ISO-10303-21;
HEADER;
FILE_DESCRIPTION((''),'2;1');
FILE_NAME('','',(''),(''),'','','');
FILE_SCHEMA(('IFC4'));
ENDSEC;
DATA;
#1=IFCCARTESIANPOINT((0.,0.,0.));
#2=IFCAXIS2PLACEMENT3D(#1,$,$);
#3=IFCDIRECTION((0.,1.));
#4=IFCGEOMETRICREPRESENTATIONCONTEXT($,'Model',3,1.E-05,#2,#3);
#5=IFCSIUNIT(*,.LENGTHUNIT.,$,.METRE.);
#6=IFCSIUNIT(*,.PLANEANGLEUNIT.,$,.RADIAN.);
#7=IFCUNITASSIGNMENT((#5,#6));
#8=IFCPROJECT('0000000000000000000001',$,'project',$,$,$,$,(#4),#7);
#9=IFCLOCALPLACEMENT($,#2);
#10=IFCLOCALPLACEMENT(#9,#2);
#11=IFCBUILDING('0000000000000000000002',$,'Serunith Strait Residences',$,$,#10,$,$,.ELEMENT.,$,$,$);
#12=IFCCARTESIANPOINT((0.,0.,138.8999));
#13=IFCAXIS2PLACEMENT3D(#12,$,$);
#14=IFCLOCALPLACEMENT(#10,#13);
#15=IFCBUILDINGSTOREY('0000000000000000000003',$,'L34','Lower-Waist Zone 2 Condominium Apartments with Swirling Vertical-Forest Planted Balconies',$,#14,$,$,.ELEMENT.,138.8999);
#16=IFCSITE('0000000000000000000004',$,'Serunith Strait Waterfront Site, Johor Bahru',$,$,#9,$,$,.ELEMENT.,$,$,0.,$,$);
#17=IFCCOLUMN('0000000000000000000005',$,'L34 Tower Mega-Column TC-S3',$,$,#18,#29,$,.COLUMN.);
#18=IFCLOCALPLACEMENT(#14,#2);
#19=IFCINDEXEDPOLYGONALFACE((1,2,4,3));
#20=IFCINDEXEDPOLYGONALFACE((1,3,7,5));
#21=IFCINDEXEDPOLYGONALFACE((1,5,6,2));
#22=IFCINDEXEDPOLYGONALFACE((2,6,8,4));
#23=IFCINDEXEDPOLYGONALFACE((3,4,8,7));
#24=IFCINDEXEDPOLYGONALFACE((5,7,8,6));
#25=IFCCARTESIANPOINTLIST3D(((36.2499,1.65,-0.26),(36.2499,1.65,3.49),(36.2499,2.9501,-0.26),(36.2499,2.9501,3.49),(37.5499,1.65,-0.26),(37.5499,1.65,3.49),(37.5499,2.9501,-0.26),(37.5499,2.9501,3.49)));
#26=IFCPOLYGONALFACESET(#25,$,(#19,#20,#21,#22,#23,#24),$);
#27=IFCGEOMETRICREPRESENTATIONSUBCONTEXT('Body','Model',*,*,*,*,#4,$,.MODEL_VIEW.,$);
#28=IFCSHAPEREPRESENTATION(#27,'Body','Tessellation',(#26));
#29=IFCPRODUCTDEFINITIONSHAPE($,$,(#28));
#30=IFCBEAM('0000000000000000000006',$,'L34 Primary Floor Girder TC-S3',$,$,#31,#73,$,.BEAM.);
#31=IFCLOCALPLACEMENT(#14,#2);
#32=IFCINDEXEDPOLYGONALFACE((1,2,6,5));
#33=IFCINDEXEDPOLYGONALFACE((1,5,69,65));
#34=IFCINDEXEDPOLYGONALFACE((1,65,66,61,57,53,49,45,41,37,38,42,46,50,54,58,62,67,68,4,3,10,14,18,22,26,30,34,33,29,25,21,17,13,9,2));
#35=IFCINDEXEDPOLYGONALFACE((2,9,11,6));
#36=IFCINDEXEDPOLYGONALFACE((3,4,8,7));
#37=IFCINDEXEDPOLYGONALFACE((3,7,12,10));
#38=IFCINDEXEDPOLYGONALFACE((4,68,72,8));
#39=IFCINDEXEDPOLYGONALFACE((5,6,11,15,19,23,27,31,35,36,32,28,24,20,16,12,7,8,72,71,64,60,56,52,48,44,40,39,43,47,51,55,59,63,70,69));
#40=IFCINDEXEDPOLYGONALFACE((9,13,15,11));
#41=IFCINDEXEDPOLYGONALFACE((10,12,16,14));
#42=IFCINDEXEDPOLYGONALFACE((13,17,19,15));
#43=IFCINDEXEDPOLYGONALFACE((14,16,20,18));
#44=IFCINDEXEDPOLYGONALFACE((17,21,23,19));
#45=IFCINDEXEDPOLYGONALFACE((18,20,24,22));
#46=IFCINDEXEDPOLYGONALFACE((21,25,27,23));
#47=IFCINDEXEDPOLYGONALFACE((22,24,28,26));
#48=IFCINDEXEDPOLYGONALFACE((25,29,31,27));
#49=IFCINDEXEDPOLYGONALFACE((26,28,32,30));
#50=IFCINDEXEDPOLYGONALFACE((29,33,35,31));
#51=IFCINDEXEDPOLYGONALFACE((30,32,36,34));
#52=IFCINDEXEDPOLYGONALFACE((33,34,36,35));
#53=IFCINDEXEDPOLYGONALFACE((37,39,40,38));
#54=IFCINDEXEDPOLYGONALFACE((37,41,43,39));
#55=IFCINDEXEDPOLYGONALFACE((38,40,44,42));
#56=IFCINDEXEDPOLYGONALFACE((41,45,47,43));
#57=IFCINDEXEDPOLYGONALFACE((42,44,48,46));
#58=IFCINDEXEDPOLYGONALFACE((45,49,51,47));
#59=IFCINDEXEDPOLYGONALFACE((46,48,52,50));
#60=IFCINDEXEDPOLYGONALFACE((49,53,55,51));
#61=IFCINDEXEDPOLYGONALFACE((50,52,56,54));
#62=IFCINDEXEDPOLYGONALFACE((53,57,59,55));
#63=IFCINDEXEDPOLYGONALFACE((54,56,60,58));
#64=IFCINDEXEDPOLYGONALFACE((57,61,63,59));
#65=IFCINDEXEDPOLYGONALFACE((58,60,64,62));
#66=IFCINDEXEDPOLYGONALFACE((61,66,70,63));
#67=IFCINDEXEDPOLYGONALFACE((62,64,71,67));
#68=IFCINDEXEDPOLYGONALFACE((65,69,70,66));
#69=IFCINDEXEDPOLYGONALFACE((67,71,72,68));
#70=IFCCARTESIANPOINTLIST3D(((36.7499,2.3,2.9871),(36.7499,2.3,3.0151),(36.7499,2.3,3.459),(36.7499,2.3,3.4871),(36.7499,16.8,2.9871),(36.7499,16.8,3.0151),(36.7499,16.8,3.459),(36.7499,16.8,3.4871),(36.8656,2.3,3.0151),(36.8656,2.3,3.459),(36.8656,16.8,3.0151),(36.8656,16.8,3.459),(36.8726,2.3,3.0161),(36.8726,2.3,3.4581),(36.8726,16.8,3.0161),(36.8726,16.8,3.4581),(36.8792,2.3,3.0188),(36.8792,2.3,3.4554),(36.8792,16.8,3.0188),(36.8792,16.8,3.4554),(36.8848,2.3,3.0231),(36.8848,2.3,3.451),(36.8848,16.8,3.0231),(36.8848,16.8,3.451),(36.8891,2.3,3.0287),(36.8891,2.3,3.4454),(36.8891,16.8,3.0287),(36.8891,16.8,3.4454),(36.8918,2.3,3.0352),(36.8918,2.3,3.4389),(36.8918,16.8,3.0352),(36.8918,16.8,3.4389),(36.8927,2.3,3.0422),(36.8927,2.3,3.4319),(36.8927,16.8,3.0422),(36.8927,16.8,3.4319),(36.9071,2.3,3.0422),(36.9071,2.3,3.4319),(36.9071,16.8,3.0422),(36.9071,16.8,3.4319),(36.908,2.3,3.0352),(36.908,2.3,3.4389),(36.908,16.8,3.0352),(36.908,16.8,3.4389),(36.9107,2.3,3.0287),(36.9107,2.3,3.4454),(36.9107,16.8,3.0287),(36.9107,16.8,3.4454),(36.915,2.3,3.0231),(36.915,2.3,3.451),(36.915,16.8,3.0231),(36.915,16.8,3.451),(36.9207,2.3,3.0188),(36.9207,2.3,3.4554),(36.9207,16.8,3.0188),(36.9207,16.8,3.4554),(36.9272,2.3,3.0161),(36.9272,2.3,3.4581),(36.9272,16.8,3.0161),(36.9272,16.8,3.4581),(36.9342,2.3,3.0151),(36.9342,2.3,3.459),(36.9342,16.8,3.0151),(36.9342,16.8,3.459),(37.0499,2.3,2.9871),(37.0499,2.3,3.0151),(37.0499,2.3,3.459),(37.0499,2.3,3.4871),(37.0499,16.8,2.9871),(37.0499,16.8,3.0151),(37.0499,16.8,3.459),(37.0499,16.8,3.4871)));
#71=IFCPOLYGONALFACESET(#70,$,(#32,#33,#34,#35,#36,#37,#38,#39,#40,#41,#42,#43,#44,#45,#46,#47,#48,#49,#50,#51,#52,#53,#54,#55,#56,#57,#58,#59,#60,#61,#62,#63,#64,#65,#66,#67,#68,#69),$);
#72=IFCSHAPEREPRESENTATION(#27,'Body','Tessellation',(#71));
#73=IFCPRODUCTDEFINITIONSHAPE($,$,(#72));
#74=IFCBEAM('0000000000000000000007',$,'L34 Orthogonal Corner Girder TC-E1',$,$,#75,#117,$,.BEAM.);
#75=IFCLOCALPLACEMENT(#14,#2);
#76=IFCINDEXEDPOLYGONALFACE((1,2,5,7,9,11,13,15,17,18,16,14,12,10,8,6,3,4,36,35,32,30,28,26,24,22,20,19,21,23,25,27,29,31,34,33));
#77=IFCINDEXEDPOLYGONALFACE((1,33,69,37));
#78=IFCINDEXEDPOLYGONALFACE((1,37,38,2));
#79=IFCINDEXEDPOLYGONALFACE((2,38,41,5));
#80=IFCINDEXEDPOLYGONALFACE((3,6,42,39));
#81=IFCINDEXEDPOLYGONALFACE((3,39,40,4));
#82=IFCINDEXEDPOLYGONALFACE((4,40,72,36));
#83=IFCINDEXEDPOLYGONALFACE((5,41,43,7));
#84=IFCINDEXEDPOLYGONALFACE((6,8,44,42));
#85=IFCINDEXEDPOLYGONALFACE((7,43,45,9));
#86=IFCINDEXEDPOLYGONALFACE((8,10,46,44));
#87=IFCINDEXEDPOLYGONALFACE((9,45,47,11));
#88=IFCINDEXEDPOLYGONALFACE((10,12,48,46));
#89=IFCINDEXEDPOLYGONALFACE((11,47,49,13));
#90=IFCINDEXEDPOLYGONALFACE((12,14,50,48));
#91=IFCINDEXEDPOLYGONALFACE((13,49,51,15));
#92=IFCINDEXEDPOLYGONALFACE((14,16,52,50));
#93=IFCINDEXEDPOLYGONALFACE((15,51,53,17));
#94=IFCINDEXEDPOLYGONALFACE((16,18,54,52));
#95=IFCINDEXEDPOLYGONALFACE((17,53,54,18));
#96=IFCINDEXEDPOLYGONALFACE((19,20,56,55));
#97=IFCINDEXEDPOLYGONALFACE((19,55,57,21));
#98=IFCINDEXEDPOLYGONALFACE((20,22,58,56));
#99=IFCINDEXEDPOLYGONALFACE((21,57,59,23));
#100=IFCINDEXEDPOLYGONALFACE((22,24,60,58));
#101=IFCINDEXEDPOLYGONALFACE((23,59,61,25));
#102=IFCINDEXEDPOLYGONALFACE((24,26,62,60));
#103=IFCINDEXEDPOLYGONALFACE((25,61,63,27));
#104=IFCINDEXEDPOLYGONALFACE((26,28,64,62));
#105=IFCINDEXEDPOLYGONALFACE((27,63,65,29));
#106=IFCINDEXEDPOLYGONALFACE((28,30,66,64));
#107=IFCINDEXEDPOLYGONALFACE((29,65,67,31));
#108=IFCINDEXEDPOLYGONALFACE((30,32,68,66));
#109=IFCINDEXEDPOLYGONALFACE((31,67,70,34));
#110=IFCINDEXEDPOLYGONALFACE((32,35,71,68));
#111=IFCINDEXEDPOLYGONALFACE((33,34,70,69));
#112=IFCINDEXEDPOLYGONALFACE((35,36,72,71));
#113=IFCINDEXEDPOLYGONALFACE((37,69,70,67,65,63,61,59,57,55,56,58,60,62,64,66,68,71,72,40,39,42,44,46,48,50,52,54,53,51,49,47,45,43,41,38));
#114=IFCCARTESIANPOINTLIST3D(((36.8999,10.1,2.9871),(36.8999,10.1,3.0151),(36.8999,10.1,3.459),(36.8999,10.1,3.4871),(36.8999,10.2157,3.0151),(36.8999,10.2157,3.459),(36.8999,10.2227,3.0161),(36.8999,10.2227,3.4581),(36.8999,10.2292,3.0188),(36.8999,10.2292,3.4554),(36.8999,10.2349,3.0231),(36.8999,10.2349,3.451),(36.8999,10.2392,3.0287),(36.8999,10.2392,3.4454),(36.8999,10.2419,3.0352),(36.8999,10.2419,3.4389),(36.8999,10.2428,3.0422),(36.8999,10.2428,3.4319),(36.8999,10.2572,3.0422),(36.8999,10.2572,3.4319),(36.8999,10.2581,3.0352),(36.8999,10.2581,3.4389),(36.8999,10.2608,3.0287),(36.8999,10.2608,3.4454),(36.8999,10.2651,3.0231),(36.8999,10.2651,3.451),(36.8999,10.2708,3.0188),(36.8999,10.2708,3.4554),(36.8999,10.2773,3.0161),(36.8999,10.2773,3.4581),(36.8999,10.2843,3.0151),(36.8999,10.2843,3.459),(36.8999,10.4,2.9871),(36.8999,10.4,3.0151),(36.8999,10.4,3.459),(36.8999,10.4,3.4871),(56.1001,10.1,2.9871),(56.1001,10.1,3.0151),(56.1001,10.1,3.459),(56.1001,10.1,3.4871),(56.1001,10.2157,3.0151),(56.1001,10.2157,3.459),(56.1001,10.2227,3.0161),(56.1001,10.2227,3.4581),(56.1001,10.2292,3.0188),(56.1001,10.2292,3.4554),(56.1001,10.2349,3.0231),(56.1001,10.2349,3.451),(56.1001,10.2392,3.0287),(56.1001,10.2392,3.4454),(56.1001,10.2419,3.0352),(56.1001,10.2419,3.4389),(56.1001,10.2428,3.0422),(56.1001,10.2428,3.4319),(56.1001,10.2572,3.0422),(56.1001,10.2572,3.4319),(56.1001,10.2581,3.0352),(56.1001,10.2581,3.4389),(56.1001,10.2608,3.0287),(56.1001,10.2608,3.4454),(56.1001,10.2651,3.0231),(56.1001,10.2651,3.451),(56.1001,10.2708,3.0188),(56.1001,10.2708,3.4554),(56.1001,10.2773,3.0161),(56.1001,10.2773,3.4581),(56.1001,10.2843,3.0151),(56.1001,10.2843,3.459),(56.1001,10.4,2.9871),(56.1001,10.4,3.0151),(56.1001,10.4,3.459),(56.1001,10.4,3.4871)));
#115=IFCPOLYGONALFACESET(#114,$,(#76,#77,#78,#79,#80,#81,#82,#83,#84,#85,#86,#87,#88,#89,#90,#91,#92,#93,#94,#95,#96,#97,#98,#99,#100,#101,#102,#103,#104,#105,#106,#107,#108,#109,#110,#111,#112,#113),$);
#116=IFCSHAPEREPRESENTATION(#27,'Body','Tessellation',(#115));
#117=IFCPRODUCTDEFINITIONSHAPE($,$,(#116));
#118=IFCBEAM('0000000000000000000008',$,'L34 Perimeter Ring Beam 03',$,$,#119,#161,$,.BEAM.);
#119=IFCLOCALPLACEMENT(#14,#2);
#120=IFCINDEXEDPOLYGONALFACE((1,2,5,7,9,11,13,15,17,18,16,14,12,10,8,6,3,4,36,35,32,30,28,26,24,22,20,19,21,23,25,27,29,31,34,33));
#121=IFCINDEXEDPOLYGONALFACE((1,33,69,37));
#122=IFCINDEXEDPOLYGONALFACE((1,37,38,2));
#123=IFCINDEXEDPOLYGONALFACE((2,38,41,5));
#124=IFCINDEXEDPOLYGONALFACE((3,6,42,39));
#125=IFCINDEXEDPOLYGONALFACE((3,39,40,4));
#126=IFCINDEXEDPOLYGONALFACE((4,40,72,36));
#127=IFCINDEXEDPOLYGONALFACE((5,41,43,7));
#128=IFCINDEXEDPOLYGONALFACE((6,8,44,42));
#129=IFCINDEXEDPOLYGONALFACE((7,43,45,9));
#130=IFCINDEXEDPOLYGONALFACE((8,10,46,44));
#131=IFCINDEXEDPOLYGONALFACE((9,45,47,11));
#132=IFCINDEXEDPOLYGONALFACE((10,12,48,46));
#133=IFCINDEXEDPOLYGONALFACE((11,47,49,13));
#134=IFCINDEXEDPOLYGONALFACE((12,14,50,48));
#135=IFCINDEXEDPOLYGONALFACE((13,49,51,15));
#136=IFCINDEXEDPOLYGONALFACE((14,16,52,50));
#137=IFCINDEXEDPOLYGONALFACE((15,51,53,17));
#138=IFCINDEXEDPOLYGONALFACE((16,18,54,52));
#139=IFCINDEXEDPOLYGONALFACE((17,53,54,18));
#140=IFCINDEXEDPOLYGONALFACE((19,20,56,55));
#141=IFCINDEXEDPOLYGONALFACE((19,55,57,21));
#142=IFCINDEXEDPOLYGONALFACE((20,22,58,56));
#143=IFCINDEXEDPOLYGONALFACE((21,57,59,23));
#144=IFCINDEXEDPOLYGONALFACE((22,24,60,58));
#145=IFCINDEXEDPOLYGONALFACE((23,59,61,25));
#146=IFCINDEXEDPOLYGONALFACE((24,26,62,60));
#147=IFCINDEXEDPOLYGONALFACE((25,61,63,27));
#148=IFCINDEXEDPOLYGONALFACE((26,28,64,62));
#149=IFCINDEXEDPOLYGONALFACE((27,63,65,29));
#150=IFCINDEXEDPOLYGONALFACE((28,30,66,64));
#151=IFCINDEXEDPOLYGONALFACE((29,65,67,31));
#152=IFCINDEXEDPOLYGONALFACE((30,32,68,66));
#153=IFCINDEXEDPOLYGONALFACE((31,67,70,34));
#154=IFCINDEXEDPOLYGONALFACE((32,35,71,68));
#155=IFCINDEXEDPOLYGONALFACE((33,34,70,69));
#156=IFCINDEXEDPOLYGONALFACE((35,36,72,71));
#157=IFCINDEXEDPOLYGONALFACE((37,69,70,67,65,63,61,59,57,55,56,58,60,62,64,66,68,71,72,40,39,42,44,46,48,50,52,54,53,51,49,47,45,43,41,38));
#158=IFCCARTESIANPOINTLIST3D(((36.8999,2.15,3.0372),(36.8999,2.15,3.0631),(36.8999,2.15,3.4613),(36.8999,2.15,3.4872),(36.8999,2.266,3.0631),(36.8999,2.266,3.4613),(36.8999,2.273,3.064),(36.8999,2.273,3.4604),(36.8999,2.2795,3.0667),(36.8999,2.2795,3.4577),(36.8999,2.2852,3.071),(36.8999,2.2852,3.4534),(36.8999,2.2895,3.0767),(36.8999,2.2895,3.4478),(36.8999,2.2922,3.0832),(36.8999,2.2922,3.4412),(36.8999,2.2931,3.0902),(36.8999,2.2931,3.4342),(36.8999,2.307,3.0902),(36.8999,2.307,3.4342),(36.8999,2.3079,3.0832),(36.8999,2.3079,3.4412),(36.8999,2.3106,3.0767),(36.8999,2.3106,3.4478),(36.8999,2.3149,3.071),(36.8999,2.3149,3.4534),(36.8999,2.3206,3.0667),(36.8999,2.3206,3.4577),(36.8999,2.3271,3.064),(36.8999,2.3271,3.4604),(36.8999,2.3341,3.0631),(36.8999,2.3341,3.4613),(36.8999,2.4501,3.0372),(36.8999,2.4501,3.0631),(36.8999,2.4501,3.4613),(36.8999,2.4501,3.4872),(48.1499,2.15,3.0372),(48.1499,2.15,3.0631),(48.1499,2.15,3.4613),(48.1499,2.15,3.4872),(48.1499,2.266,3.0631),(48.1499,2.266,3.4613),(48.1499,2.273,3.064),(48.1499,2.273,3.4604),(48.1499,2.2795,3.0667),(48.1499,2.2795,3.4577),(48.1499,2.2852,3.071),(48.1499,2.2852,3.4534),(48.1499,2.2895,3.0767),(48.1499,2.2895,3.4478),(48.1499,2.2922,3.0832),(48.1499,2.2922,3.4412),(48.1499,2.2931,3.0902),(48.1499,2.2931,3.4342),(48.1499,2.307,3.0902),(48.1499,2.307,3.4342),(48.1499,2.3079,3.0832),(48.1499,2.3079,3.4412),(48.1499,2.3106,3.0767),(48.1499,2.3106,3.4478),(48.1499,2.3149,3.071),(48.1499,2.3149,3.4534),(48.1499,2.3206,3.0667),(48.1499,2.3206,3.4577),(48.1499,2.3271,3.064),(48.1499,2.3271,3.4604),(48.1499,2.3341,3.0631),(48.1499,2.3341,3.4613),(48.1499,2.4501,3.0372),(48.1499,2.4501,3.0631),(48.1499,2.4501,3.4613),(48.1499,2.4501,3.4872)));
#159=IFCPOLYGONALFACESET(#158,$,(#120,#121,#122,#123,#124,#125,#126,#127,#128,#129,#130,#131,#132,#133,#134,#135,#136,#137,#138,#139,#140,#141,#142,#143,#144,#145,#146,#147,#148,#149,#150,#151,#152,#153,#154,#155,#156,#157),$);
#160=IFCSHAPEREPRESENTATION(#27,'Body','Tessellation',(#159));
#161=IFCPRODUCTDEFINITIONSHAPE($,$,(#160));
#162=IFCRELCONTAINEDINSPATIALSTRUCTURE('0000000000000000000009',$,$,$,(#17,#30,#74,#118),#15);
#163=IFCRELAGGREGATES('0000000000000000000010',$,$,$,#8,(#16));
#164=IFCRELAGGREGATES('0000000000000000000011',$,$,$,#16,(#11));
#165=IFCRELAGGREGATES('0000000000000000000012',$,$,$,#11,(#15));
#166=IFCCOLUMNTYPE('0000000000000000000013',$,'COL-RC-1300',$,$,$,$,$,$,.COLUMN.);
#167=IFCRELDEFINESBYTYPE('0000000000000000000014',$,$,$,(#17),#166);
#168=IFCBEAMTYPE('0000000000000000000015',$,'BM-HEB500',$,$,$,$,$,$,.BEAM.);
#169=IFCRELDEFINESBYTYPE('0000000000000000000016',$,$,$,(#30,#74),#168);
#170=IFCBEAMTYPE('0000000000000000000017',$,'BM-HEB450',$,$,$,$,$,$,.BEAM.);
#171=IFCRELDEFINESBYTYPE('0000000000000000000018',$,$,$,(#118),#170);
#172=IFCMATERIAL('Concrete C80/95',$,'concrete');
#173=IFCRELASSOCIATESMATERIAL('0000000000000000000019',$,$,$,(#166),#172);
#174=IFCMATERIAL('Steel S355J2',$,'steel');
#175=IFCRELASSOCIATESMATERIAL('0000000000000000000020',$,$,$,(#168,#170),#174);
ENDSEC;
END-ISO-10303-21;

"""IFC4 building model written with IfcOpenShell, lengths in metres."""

from ifc_helpers import new_model, si_unit, direction, frame, origin, origin_2d, place, context, subcontext, project, spatial, rectangle, i_section, extrude, source, transform, mapped, material, material_profile, profile_set, type_object, element, save


model = new_model("IFC4")

# Units and contexts
model_context = context("Model", 3, precision=1e-05, world=origin(), true_north=direction((0.0, 1.0)))
body_context = subcontext(model_context, "Body", "Model", "MODEL_VIEW")
ifc_project = project(units=[si_unit("LENGTHUNIT", "METRE"), si_unit("PLANEANGLEUNIT", "RADIAN")], contexts=[model_context])

# Site, building, storey
site_placement = place(None, origin())
site = spatial("IfcSite", under=ifc_project, at=site_placement, Name="Serunith Strait Waterfront Site, Johor Bahru", CompositionType="ELEMENT", RefElevation=0.0)
building_placement = place(site_placement, origin())
building = spatial("IfcBuilding", under=site, at=building_placement, Name="Serunith Strait Residences", CompositionType="ELEMENT")
storey_placement = place(building_placement, frame((0.0, 0.0, 138.8999)))
storey = spatial("IfcBuildingStorey", under=building, at=storey_placement, Name="L34", Description="Lower-Waist Zone 2 Condominium Apartments with Swirling Vertical-Forest Planted Balconies", CompositionType="ELEMENT", Elevation=138.8999)

# Column
ifc_material_1 = material(Name="Concrete C80/95", Category="concrete")
ifc_material_profile_1 = material_profile(ifc_material_1, rectangle(XDim=1.3, YDim=1.3, at=origin_2d()), Name="RC 1300x1300")
ifc_profile_set_1 = profile_set([ifc_material_profile_1], Name="Concrete C80/95")
column_type = type_object("IfcColumnType", Name="COL-RC-1300", PredefinedType="COLUMN", material=ifc_profile_set_1)
shared_shape_1 = source(origin(), body_context, "Body", "SweptSolid", [
    extrude(rectangle(XDim=1.3, YDim=1.3, at=origin_2d()), origin(), (0.0, 0.0, 1.0), 3.75),
])
column_placement = place(storey_placement, frame((36.8999, 2.3, -0.26), z_axis=(0.0, 0.0, 1.0), x_axis=(1.0, 0.0, 0.0)))
element("IfcColumn", 1, at=column_placement, inside=storey, type_object=column_type, Name="L34 Tower Mega-Column TC-S3", PredefinedType="COLUMN", context=body_context, shape_type="MappedRepresentation", body=[
    mapped(shared_shape_1, transform((0.0, 0.0, 0.0), scale=1.0)),
])

# Beams
ifc_material_2 = material(Name="Steel S355J2", Category="steel")
ifc_material_profile_2 = material_profile(ifc_material_2, i_section(OverallWidth=0.3, OverallDepth=0.5, WebThickness=0.0144, FlangeThickness=0.0281, FilletRadius=0.0271, at=origin_2d()), Name="HEB 500")
ifc_profile_set_2 = profile_set([ifc_material_profile_2], Name="Steel S355J2")
beam_type_1 = type_object("IfcBeamType", Name="BM-HEB500", PredefinedType="BEAM", material=ifc_profile_set_2)
shared_shape_2 = source(origin(), body_context, "Body", "SweptSolid", [
    extrude(i_section(OverallWidth=0.3, OverallDepth=0.5, WebThickness=0.0144, FlangeThickness=0.0281, FilletRadius=0.0271, at=origin_2d()), origin(), (0.0, 0.0, 1.0), 14.5),
])
beam_1_placement = place(storey_placement, frame((36.8999, 16.8, 3.2371), z_axis=(0.0, -1.0, 0.0), x_axis=(1.0, 0.0, 0.0)))
element("IfcBeam", 2, at=beam_1_placement, inside=storey, type_object=beam_type_1, Name="L34 Primary Floor Girder TC-S3", PredefinedType="BEAM", context=body_context, shape_type="MappedRepresentation", body=[
    mapped(shared_shape_2, transform((0.0, 0.0, 0.0), scale=1.0)),
])
shared_shape_3 = source(origin(), body_context, "Body", "SweptSolid", [
    extrude(i_section(OverallWidth=0.3, OverallDepth=0.5, WebThickness=0.0144, FlangeThickness=0.0281, FilletRadius=0.0271, at=origin_2d()), origin(), (0.0, 0.0, 1.0), 19.2002),
])
beam_2_placement = place(storey_placement, frame((36.8999, 10.25, 3.2371), z_axis=(1.0, 0.0, 0.0), x_axis=(0.0, 1.0, 0.0)))
element("IfcBeam", 3, at=beam_2_placement, inside=storey, type_object=beam_type_1, Name="L34 Orthogonal Corner Girder TC-E1", PredefinedType="BEAM", context=body_context, shape_type="MappedRepresentation", body=[
    mapped(shared_shape_3, transform((0.0, 0.0, 0.0), scale=1.0)),
])
ifc_material_profile_3 = material_profile(ifc_material_2, i_section(OverallWidth=0.3, OverallDepth=0.45, WebThickness=0.0139, FlangeThickness=0.0259, FilletRadius=0.0271, at=origin_2d()), Name="HEB 450")
ifc_profile_set_3 = profile_set([ifc_material_profile_3], Name="Steel S355J2")
beam_type_2 = type_object("IfcBeamType", Name="BM-HEB450", PredefinedType="BEAM", material=ifc_profile_set_3)
shared_shape_4 = source(origin(), body_context, "Body", "SweptSolid", [
    extrude(i_section(OverallWidth=0.3, OverallDepth=0.45, WebThickness=0.0139, FlangeThickness=0.0259, FilletRadius=0.0271, at=origin_2d()), origin(), (0.0, 0.0, 1.0), 11.25),
])
beam_3_placement = place(storey_placement, frame((36.8999, 2.3, 3.2622), z_axis=(1.0, 0.0, 0.0), x_axis=(0.0, 1.0, 0.0)))
element("IfcBeam", 4, at=beam_3_placement, inside=storey, type_object=beam_type_2, Name="L34 Perimeter Ring Beam 03", PredefinedType="BEAM", context=body_context, shape_type="MappedRepresentation", body=[
    mapped(shared_shape_4, transform((0.0, 0.0, 0.0), scale=1.0)),
])

save(model, "model.ifc")
